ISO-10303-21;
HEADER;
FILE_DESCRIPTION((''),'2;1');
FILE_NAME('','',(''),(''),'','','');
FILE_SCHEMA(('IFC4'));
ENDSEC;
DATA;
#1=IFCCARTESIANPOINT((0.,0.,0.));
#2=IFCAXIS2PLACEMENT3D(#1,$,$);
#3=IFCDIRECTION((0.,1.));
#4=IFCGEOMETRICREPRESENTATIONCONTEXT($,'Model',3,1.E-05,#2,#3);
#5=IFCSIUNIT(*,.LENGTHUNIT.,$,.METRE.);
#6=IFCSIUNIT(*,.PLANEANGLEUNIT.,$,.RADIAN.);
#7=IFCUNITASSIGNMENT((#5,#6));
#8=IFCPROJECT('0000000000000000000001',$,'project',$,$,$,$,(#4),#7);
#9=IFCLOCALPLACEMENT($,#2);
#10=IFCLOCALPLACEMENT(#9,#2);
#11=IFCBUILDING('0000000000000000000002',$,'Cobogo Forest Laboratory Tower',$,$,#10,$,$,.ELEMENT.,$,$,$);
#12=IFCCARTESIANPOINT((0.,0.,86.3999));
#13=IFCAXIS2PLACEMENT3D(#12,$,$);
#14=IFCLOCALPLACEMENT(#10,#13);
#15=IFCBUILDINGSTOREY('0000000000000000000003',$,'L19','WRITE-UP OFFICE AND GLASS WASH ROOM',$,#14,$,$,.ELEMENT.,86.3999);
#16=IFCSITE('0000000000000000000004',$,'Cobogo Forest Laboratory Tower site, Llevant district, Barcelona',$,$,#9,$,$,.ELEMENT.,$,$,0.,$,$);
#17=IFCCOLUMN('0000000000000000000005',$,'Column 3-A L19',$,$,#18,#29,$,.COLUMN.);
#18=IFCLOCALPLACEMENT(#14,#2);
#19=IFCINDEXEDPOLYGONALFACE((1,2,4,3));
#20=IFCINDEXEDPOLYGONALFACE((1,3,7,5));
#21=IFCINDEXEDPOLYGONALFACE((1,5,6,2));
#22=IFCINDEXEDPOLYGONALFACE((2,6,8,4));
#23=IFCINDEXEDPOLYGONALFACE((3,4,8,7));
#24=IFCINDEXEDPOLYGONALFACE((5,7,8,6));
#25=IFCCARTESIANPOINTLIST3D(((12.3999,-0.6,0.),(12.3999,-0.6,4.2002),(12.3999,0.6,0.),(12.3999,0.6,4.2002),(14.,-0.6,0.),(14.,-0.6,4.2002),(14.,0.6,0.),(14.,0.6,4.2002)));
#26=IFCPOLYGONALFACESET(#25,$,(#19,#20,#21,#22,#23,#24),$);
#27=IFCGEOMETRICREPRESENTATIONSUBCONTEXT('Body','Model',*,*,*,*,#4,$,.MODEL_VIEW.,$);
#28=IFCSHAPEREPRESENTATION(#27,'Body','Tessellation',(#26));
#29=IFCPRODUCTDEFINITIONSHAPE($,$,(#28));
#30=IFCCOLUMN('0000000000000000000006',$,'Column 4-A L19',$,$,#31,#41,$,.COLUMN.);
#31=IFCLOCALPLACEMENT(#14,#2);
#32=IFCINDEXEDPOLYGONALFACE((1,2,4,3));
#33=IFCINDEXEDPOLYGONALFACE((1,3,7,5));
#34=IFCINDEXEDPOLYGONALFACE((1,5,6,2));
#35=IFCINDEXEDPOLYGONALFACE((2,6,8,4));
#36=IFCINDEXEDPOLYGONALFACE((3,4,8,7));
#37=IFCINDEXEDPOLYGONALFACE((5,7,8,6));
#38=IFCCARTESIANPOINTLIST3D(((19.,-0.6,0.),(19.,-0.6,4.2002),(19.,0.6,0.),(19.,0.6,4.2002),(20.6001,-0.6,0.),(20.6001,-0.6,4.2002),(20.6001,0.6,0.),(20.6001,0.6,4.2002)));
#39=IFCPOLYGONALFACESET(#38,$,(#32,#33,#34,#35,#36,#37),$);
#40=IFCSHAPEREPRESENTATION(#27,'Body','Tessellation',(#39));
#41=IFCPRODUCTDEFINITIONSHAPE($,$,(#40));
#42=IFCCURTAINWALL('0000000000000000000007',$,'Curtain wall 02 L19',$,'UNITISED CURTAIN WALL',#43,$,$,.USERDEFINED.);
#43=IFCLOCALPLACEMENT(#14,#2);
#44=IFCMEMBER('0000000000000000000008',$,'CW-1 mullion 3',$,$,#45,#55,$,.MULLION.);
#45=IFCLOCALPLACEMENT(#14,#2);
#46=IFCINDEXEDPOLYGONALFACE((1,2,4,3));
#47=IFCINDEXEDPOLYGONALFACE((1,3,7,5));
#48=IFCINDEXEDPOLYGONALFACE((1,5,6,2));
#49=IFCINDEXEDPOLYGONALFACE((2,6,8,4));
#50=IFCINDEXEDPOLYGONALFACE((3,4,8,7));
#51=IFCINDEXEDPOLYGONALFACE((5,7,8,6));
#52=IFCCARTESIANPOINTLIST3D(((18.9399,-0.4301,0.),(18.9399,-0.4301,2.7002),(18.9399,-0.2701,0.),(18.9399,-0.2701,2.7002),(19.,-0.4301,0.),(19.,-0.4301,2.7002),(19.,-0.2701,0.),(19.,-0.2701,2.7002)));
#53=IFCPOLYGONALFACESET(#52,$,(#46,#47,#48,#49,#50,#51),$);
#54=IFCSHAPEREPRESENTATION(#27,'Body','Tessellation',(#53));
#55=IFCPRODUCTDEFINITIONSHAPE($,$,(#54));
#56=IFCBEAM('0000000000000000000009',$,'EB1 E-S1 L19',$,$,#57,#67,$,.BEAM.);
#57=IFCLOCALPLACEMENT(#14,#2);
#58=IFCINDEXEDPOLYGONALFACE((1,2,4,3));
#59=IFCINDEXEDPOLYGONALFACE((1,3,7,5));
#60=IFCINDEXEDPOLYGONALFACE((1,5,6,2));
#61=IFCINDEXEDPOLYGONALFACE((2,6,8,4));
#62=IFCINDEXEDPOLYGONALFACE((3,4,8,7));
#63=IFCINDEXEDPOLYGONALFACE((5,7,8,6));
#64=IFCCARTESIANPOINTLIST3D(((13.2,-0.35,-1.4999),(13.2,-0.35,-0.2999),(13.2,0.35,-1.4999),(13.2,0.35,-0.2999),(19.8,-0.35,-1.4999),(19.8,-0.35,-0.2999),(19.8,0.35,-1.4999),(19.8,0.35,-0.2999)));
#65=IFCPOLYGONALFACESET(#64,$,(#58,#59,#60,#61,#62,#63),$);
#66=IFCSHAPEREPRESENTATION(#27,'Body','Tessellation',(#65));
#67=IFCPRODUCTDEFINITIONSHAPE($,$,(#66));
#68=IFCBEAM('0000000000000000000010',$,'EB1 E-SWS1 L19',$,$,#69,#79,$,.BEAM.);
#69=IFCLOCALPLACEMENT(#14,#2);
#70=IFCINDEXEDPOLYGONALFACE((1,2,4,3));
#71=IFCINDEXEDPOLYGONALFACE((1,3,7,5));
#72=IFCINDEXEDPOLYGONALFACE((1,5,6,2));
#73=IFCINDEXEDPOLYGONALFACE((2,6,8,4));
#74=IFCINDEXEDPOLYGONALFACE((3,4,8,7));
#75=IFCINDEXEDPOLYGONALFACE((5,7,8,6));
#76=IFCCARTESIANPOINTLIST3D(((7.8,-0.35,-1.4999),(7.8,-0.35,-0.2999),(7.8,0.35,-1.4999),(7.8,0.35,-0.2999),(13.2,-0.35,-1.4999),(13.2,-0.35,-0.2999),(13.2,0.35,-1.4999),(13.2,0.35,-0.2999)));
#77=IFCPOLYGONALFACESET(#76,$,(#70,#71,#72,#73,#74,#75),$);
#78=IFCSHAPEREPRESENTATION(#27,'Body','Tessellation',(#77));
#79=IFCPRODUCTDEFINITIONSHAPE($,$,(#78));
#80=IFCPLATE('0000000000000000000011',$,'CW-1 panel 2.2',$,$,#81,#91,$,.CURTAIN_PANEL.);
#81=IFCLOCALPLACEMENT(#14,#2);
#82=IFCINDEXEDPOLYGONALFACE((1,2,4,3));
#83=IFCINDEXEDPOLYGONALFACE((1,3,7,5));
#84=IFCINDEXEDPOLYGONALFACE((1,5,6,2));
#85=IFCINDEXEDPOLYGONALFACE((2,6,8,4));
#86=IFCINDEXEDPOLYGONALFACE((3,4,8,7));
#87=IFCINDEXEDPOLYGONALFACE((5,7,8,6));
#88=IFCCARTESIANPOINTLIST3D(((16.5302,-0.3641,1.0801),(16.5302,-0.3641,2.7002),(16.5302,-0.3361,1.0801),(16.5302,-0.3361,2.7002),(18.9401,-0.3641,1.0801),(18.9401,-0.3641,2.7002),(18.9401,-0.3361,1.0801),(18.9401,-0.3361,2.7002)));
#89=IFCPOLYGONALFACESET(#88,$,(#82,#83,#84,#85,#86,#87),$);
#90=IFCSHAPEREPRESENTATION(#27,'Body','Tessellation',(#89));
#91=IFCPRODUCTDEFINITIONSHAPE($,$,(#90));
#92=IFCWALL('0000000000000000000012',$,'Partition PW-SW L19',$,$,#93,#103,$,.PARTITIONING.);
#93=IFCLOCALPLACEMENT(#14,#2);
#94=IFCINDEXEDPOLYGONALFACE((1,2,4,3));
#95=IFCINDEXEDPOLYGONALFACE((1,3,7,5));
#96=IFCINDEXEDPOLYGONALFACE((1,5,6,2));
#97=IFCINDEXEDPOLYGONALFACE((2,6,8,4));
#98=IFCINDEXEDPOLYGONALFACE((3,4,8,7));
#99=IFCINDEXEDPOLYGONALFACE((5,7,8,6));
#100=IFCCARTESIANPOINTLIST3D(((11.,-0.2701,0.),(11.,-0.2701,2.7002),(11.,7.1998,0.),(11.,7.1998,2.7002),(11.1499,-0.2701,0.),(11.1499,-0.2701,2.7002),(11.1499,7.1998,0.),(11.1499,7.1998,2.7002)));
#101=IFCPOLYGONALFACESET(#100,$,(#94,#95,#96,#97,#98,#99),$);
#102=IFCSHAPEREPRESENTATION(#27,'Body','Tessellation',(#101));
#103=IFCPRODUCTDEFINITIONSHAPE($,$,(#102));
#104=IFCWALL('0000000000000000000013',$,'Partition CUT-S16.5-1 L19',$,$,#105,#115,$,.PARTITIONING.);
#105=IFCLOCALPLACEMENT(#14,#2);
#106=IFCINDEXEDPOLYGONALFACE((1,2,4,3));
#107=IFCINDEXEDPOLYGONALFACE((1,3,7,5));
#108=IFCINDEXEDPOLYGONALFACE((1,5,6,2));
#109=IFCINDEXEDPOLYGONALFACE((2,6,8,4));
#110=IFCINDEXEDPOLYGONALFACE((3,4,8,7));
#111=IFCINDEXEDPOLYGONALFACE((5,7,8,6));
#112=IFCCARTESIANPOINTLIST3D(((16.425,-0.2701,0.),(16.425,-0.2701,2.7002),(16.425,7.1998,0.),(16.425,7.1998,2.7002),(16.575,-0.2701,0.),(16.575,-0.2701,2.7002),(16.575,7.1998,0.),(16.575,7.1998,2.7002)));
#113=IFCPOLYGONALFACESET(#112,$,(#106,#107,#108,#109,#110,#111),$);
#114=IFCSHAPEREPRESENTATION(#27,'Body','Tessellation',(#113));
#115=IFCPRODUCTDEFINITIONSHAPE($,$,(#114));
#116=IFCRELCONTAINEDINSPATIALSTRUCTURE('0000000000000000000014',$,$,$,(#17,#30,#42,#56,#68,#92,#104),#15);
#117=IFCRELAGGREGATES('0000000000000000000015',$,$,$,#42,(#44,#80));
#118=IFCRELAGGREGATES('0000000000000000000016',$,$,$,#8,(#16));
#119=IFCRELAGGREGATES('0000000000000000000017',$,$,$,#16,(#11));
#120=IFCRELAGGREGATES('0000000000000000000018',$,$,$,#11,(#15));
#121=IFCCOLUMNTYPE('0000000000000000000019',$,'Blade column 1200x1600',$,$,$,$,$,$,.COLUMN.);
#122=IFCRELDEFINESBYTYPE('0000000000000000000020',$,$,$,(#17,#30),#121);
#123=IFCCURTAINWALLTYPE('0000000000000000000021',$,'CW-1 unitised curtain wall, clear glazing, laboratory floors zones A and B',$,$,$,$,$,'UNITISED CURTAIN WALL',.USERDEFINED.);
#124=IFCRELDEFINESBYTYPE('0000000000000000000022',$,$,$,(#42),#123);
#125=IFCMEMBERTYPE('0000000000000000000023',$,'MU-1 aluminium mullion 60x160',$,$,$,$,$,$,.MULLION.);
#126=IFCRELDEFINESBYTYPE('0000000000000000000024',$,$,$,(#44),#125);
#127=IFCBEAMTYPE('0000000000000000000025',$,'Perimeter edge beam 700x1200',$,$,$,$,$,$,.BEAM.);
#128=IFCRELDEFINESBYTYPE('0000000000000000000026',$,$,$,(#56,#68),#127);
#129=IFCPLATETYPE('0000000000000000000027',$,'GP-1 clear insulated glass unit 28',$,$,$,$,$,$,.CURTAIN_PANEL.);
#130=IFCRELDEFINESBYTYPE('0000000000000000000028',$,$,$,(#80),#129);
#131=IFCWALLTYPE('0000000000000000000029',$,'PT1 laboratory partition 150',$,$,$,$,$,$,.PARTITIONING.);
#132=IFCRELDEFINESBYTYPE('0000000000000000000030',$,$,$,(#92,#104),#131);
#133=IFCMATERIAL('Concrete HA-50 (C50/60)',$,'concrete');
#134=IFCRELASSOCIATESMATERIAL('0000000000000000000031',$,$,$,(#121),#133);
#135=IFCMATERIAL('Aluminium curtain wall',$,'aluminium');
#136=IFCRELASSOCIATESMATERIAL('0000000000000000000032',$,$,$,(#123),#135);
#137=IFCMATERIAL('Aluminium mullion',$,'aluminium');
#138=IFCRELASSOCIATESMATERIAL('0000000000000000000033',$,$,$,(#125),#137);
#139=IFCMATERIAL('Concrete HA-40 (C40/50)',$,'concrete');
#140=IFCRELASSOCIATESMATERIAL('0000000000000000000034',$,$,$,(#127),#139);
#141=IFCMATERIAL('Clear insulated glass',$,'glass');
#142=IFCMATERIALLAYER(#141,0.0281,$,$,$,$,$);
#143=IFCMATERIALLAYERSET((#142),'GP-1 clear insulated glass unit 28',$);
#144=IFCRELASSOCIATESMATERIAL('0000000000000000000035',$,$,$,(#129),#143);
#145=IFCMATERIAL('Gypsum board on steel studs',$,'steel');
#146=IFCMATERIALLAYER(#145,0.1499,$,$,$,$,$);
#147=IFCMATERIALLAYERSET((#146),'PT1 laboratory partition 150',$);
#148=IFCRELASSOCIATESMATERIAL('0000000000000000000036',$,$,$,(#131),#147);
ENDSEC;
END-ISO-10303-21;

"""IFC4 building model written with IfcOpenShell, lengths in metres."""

from ifc_helpers import new_model, si_unit, direction, frame, frame_2d, origin, origin_2d, place, context, subcontext, project, spatial, rectangle, extrude, material, layer, layer_set, material_profile, profile_set, type_object, element, aggregate, save


model = new_model("IFC4")

# Units and contexts
model_context = context("Model", 3, precision=1e-05, world=origin(), true_north=direction((0.0, 1.0)))
body_context = subcontext(model_context, "Body", "Model", "MODEL_VIEW")
ifc_project = project(units=[si_unit("LENGTHUNIT", "METRE"), si_unit("PLANEANGLEUNIT", "RADIAN")], contexts=[model_context])

# Site, building, storey
site_placement = place(None, origin())
site = spatial("IfcSite", under=ifc_project, at=site_placement, Name="Cobogo Forest Laboratory Tower site, Llevant district, Barcelona", CompositionType="ELEMENT", RefElevation=0.0)
building_placement = place(site_placement, origin())
building = spatial("IfcBuilding", under=site, at=building_placement, Name="Cobogo Forest Laboratory Tower", CompositionType="ELEMENT")
storey_placement = place(building_placement, frame((0.0, 0.0, 86.3999)))
storey = spatial("IfcBuildingStorey", under=building, at=storey_placement, Name="L19", Description="WRITE-UP OFFICE AND GLASS WASH ROOM", CompositionType="ELEMENT", Elevation=86.3999)

# Columns
ifc_material_1 = material(Name="Concrete HA-50 (C50/60)", Category="concrete")
ifc_material_profile_1 = material_profile(ifc_material_1, rectangle(XDim=1.6001, YDim=1.2, at=origin_2d()), Name="RC 1200x1600")
ifc_profile_set_1 = profile_set([ifc_material_profile_1], Name="Concrete HA-50 (C50/60)")
column_type = type_object("IfcColumnType", Name="Blade column 1200x1600", PredefinedType="COLUMN", material=ifc_profile_set_1)
for number, where, z_axis, x_axis, name in (
    (1, (13.2, 0.0, 0.0), (0.0, 0.0, 1.0), (1.0, 0.0, 0.0), "Column 3-A L19"),
    (2, (19.8, 0.0, 0.0), (0.0, 0.0, 1.0), (1.0, 0.0, 0.0), "Column 4-A L19"),
):
    element("IfcColumn", number, at=place(storey_placement, frame(where, z_axis=z_axis, x_axis=x_axis)), inside=storey, type_object=column_type, Name=name, PredefinedType="COLUMN", context=body_context, shape_type="SweptSolid", body=[
        extrude(rectangle(XDim=1.6001, YDim=1.2, at=origin_2d()), origin(), (0.0, 0.0, 1.0), 4.2002),
    ])

# Curtain wall, member
ifc_material_2 = material(Name="Aluminium curtain wall", Category="aluminium")
curtain_wall_type = type_object("IfcCurtainWallType", Name="CW-1 unitised curtain wall, clear glazing, laboratory floors zones A and B", ElementType="UNITISED CURTAIN WALL", PredefinedType="USERDEFINED", material=ifc_material_2)
curtain_wall_placement = place(storey_placement, origin())
curtain_wall = element("IfcCurtainWall", 3, at=curtain_wall_placement, inside=storey, type_object=curtain_wall_type, Name="Curtain wall 02 L19", ObjectType="UNITISED CURTAIN WALL", PredefinedType="USERDEFINED")
ifc_material_3 = material(Name="Aluminium mullion", Category="aluminium")
ifc_material_profile_2 = material_profile(ifc_material_3, rectangle(XDim=0.0601, YDim=0.1599, at=origin_2d()), Name="AL 60x160")
ifc_profile_set_2 = profile_set([ifc_material_profile_2], Name="Aluminium mullion")
member_type = type_object("IfcMemberType", Name="MU-1 aluminium mullion 60x160", PredefinedType="MULLION", material=ifc_profile_set_2)
member_placement = place(storey_placement, frame((18.97, -0.3501, 0.0), z_axis=(0.0, 0.0, 1.0), x_axis=(1.0, 0.0, 0.0)))
member = element("IfcMember", 4, at=member_placement, type_object=member_type, Name="CW-1 mullion 3", PredefinedType="MULLION", context=body_context, shape_type="SweptSolid", body=[
    extrude(rectangle(XDim=0.0601, YDim=0.1599, at=origin_2d()), origin(), (0.0, 0.0, 1.0), 2.7002),
])

# Beams
ifc_material_4 = material(Name="Concrete HA-40 (C40/50)", Category="concrete")
ifc_material_profile_3 = material_profile(ifc_material_4, rectangle(XDim=0.7, YDim=1.2, at=origin_2d()), Name="RC 700x1200")
ifc_profile_set_3 = profile_set([ifc_material_profile_3], Name="Concrete HA-40 (C40/50)")
beam_type = type_object("IfcBeamType", Name="Perimeter edge beam 700x1200", PredefinedType="BEAM", material=ifc_profile_set_3)
beam_1_placement = place(storey_placement, frame((13.2, 0.0, -0.8999), z_axis=(1.0, 0.0, 0.0), x_axis=(0.0, 1.0, 0.0)))
element("IfcBeam", 5, at=beam_1_placement, inside=storey, type_object=beam_type, Name="EB1 E-S1 L19", PredefinedType="BEAM", context=body_context, shape_type="SweptSolid", body=[
    extrude(rectangle(XDim=0.7, YDim=1.2, at=origin_2d()), origin(), (0.0, 0.0, 1.0), 6.6001),
])
beam_2_placement = place(storey_placement, frame((13.2, 0.0, -0.8999), z_axis=(-1.0, 0.0, 0.0), x_axis=(0.0, -1.0, 0.0)))
element("IfcBeam", 6, at=beam_2_placement, inside=storey, type_object=beam_type, Name="EB1 E-SWS1 L19", PredefinedType="BEAM", context=body_context, shape_type="SweptSolid", body=[
    extrude(rectangle(XDim=0.7, YDim=1.2, at=origin_2d()), origin(), (0.0, 0.0, 1.0), 5.3999),
])

# Plate
ifc_material_5 = material(Name="Clear insulated glass", Category="glass")
ifc_layer_1 = layer(ifc_material_5, 0.0281)
ifc_layer_set_1 = layer_set([ifc_layer_1], Name="GP-1 clear insulated glass unit 28")
plate_type = type_object("IfcPlateType", Name="GP-1 clear insulated glass unit 28", PredefinedType="CURTAIN_PANEL", material=ifc_layer_set_1)
plate_placement = place(storey_placement, frame((17.7351, -0.3501, 1.0801), z_axis=(0.0, 0.0, 1.0), x_axis=(1.0, 0.0, 0.0)))
plate = element("IfcPlate", 7, at=plate_placement, type_object=plate_type, Name="CW-1 panel 2.2", PredefinedType="CURTAIN_PANEL", context=body_context, shape_type="SweptSolid", body=[
    extrude(rectangle(XDim=2.4099, YDim=0.0281, at=origin_2d()), origin(), (0.0, 0.0, 1.0), 1.6201),
])
aggregate(curtain_wall, [member, plate])

# Walls
ifc_material_6 = material(Name="Gypsum board on steel studs", Category="steel")
ifc_layer_2 = layer(ifc_material_6, 0.1499)
ifc_layer_set_2 = layer_set([ifc_layer_2], Name="PT1 laboratory partition 150")
wall_type = type_object("IfcWallType", Name="PT1 laboratory partition 150", PredefinedType="PARTITIONING", material=ifc_layer_set_2)
for number, where, z_axis, x_axis, name in (
    (8, (11.075, -0.27, 0.0), (0.0, 0.0, 1.0), (0.0, 1.0, 0.0), "Partition PW-SW L19"),
    (9, (16.5, -0.27, 0.0), (0.0, 0.0, 1.0), (0.0, 1.0, 0.0), "Partition CUT-S16.5-1 L19"),
):
    element("IfcWall", number, at=place(storey_placement, frame(where, z_axis=z_axis, x_axis=x_axis)), inside=storey, type_object=wall_type, Name=name, PredefinedType="PARTITIONING", context=body_context, shape_type="SweptSolid", body=[
        extrude(rectangle(XDim=7.47, YDim=0.1499, at=frame_2d((3.7349, 0.0))), origin(), (0.0, 0.0, 1.0), 2.7002),
    ])

save(model, "model.ifc")
